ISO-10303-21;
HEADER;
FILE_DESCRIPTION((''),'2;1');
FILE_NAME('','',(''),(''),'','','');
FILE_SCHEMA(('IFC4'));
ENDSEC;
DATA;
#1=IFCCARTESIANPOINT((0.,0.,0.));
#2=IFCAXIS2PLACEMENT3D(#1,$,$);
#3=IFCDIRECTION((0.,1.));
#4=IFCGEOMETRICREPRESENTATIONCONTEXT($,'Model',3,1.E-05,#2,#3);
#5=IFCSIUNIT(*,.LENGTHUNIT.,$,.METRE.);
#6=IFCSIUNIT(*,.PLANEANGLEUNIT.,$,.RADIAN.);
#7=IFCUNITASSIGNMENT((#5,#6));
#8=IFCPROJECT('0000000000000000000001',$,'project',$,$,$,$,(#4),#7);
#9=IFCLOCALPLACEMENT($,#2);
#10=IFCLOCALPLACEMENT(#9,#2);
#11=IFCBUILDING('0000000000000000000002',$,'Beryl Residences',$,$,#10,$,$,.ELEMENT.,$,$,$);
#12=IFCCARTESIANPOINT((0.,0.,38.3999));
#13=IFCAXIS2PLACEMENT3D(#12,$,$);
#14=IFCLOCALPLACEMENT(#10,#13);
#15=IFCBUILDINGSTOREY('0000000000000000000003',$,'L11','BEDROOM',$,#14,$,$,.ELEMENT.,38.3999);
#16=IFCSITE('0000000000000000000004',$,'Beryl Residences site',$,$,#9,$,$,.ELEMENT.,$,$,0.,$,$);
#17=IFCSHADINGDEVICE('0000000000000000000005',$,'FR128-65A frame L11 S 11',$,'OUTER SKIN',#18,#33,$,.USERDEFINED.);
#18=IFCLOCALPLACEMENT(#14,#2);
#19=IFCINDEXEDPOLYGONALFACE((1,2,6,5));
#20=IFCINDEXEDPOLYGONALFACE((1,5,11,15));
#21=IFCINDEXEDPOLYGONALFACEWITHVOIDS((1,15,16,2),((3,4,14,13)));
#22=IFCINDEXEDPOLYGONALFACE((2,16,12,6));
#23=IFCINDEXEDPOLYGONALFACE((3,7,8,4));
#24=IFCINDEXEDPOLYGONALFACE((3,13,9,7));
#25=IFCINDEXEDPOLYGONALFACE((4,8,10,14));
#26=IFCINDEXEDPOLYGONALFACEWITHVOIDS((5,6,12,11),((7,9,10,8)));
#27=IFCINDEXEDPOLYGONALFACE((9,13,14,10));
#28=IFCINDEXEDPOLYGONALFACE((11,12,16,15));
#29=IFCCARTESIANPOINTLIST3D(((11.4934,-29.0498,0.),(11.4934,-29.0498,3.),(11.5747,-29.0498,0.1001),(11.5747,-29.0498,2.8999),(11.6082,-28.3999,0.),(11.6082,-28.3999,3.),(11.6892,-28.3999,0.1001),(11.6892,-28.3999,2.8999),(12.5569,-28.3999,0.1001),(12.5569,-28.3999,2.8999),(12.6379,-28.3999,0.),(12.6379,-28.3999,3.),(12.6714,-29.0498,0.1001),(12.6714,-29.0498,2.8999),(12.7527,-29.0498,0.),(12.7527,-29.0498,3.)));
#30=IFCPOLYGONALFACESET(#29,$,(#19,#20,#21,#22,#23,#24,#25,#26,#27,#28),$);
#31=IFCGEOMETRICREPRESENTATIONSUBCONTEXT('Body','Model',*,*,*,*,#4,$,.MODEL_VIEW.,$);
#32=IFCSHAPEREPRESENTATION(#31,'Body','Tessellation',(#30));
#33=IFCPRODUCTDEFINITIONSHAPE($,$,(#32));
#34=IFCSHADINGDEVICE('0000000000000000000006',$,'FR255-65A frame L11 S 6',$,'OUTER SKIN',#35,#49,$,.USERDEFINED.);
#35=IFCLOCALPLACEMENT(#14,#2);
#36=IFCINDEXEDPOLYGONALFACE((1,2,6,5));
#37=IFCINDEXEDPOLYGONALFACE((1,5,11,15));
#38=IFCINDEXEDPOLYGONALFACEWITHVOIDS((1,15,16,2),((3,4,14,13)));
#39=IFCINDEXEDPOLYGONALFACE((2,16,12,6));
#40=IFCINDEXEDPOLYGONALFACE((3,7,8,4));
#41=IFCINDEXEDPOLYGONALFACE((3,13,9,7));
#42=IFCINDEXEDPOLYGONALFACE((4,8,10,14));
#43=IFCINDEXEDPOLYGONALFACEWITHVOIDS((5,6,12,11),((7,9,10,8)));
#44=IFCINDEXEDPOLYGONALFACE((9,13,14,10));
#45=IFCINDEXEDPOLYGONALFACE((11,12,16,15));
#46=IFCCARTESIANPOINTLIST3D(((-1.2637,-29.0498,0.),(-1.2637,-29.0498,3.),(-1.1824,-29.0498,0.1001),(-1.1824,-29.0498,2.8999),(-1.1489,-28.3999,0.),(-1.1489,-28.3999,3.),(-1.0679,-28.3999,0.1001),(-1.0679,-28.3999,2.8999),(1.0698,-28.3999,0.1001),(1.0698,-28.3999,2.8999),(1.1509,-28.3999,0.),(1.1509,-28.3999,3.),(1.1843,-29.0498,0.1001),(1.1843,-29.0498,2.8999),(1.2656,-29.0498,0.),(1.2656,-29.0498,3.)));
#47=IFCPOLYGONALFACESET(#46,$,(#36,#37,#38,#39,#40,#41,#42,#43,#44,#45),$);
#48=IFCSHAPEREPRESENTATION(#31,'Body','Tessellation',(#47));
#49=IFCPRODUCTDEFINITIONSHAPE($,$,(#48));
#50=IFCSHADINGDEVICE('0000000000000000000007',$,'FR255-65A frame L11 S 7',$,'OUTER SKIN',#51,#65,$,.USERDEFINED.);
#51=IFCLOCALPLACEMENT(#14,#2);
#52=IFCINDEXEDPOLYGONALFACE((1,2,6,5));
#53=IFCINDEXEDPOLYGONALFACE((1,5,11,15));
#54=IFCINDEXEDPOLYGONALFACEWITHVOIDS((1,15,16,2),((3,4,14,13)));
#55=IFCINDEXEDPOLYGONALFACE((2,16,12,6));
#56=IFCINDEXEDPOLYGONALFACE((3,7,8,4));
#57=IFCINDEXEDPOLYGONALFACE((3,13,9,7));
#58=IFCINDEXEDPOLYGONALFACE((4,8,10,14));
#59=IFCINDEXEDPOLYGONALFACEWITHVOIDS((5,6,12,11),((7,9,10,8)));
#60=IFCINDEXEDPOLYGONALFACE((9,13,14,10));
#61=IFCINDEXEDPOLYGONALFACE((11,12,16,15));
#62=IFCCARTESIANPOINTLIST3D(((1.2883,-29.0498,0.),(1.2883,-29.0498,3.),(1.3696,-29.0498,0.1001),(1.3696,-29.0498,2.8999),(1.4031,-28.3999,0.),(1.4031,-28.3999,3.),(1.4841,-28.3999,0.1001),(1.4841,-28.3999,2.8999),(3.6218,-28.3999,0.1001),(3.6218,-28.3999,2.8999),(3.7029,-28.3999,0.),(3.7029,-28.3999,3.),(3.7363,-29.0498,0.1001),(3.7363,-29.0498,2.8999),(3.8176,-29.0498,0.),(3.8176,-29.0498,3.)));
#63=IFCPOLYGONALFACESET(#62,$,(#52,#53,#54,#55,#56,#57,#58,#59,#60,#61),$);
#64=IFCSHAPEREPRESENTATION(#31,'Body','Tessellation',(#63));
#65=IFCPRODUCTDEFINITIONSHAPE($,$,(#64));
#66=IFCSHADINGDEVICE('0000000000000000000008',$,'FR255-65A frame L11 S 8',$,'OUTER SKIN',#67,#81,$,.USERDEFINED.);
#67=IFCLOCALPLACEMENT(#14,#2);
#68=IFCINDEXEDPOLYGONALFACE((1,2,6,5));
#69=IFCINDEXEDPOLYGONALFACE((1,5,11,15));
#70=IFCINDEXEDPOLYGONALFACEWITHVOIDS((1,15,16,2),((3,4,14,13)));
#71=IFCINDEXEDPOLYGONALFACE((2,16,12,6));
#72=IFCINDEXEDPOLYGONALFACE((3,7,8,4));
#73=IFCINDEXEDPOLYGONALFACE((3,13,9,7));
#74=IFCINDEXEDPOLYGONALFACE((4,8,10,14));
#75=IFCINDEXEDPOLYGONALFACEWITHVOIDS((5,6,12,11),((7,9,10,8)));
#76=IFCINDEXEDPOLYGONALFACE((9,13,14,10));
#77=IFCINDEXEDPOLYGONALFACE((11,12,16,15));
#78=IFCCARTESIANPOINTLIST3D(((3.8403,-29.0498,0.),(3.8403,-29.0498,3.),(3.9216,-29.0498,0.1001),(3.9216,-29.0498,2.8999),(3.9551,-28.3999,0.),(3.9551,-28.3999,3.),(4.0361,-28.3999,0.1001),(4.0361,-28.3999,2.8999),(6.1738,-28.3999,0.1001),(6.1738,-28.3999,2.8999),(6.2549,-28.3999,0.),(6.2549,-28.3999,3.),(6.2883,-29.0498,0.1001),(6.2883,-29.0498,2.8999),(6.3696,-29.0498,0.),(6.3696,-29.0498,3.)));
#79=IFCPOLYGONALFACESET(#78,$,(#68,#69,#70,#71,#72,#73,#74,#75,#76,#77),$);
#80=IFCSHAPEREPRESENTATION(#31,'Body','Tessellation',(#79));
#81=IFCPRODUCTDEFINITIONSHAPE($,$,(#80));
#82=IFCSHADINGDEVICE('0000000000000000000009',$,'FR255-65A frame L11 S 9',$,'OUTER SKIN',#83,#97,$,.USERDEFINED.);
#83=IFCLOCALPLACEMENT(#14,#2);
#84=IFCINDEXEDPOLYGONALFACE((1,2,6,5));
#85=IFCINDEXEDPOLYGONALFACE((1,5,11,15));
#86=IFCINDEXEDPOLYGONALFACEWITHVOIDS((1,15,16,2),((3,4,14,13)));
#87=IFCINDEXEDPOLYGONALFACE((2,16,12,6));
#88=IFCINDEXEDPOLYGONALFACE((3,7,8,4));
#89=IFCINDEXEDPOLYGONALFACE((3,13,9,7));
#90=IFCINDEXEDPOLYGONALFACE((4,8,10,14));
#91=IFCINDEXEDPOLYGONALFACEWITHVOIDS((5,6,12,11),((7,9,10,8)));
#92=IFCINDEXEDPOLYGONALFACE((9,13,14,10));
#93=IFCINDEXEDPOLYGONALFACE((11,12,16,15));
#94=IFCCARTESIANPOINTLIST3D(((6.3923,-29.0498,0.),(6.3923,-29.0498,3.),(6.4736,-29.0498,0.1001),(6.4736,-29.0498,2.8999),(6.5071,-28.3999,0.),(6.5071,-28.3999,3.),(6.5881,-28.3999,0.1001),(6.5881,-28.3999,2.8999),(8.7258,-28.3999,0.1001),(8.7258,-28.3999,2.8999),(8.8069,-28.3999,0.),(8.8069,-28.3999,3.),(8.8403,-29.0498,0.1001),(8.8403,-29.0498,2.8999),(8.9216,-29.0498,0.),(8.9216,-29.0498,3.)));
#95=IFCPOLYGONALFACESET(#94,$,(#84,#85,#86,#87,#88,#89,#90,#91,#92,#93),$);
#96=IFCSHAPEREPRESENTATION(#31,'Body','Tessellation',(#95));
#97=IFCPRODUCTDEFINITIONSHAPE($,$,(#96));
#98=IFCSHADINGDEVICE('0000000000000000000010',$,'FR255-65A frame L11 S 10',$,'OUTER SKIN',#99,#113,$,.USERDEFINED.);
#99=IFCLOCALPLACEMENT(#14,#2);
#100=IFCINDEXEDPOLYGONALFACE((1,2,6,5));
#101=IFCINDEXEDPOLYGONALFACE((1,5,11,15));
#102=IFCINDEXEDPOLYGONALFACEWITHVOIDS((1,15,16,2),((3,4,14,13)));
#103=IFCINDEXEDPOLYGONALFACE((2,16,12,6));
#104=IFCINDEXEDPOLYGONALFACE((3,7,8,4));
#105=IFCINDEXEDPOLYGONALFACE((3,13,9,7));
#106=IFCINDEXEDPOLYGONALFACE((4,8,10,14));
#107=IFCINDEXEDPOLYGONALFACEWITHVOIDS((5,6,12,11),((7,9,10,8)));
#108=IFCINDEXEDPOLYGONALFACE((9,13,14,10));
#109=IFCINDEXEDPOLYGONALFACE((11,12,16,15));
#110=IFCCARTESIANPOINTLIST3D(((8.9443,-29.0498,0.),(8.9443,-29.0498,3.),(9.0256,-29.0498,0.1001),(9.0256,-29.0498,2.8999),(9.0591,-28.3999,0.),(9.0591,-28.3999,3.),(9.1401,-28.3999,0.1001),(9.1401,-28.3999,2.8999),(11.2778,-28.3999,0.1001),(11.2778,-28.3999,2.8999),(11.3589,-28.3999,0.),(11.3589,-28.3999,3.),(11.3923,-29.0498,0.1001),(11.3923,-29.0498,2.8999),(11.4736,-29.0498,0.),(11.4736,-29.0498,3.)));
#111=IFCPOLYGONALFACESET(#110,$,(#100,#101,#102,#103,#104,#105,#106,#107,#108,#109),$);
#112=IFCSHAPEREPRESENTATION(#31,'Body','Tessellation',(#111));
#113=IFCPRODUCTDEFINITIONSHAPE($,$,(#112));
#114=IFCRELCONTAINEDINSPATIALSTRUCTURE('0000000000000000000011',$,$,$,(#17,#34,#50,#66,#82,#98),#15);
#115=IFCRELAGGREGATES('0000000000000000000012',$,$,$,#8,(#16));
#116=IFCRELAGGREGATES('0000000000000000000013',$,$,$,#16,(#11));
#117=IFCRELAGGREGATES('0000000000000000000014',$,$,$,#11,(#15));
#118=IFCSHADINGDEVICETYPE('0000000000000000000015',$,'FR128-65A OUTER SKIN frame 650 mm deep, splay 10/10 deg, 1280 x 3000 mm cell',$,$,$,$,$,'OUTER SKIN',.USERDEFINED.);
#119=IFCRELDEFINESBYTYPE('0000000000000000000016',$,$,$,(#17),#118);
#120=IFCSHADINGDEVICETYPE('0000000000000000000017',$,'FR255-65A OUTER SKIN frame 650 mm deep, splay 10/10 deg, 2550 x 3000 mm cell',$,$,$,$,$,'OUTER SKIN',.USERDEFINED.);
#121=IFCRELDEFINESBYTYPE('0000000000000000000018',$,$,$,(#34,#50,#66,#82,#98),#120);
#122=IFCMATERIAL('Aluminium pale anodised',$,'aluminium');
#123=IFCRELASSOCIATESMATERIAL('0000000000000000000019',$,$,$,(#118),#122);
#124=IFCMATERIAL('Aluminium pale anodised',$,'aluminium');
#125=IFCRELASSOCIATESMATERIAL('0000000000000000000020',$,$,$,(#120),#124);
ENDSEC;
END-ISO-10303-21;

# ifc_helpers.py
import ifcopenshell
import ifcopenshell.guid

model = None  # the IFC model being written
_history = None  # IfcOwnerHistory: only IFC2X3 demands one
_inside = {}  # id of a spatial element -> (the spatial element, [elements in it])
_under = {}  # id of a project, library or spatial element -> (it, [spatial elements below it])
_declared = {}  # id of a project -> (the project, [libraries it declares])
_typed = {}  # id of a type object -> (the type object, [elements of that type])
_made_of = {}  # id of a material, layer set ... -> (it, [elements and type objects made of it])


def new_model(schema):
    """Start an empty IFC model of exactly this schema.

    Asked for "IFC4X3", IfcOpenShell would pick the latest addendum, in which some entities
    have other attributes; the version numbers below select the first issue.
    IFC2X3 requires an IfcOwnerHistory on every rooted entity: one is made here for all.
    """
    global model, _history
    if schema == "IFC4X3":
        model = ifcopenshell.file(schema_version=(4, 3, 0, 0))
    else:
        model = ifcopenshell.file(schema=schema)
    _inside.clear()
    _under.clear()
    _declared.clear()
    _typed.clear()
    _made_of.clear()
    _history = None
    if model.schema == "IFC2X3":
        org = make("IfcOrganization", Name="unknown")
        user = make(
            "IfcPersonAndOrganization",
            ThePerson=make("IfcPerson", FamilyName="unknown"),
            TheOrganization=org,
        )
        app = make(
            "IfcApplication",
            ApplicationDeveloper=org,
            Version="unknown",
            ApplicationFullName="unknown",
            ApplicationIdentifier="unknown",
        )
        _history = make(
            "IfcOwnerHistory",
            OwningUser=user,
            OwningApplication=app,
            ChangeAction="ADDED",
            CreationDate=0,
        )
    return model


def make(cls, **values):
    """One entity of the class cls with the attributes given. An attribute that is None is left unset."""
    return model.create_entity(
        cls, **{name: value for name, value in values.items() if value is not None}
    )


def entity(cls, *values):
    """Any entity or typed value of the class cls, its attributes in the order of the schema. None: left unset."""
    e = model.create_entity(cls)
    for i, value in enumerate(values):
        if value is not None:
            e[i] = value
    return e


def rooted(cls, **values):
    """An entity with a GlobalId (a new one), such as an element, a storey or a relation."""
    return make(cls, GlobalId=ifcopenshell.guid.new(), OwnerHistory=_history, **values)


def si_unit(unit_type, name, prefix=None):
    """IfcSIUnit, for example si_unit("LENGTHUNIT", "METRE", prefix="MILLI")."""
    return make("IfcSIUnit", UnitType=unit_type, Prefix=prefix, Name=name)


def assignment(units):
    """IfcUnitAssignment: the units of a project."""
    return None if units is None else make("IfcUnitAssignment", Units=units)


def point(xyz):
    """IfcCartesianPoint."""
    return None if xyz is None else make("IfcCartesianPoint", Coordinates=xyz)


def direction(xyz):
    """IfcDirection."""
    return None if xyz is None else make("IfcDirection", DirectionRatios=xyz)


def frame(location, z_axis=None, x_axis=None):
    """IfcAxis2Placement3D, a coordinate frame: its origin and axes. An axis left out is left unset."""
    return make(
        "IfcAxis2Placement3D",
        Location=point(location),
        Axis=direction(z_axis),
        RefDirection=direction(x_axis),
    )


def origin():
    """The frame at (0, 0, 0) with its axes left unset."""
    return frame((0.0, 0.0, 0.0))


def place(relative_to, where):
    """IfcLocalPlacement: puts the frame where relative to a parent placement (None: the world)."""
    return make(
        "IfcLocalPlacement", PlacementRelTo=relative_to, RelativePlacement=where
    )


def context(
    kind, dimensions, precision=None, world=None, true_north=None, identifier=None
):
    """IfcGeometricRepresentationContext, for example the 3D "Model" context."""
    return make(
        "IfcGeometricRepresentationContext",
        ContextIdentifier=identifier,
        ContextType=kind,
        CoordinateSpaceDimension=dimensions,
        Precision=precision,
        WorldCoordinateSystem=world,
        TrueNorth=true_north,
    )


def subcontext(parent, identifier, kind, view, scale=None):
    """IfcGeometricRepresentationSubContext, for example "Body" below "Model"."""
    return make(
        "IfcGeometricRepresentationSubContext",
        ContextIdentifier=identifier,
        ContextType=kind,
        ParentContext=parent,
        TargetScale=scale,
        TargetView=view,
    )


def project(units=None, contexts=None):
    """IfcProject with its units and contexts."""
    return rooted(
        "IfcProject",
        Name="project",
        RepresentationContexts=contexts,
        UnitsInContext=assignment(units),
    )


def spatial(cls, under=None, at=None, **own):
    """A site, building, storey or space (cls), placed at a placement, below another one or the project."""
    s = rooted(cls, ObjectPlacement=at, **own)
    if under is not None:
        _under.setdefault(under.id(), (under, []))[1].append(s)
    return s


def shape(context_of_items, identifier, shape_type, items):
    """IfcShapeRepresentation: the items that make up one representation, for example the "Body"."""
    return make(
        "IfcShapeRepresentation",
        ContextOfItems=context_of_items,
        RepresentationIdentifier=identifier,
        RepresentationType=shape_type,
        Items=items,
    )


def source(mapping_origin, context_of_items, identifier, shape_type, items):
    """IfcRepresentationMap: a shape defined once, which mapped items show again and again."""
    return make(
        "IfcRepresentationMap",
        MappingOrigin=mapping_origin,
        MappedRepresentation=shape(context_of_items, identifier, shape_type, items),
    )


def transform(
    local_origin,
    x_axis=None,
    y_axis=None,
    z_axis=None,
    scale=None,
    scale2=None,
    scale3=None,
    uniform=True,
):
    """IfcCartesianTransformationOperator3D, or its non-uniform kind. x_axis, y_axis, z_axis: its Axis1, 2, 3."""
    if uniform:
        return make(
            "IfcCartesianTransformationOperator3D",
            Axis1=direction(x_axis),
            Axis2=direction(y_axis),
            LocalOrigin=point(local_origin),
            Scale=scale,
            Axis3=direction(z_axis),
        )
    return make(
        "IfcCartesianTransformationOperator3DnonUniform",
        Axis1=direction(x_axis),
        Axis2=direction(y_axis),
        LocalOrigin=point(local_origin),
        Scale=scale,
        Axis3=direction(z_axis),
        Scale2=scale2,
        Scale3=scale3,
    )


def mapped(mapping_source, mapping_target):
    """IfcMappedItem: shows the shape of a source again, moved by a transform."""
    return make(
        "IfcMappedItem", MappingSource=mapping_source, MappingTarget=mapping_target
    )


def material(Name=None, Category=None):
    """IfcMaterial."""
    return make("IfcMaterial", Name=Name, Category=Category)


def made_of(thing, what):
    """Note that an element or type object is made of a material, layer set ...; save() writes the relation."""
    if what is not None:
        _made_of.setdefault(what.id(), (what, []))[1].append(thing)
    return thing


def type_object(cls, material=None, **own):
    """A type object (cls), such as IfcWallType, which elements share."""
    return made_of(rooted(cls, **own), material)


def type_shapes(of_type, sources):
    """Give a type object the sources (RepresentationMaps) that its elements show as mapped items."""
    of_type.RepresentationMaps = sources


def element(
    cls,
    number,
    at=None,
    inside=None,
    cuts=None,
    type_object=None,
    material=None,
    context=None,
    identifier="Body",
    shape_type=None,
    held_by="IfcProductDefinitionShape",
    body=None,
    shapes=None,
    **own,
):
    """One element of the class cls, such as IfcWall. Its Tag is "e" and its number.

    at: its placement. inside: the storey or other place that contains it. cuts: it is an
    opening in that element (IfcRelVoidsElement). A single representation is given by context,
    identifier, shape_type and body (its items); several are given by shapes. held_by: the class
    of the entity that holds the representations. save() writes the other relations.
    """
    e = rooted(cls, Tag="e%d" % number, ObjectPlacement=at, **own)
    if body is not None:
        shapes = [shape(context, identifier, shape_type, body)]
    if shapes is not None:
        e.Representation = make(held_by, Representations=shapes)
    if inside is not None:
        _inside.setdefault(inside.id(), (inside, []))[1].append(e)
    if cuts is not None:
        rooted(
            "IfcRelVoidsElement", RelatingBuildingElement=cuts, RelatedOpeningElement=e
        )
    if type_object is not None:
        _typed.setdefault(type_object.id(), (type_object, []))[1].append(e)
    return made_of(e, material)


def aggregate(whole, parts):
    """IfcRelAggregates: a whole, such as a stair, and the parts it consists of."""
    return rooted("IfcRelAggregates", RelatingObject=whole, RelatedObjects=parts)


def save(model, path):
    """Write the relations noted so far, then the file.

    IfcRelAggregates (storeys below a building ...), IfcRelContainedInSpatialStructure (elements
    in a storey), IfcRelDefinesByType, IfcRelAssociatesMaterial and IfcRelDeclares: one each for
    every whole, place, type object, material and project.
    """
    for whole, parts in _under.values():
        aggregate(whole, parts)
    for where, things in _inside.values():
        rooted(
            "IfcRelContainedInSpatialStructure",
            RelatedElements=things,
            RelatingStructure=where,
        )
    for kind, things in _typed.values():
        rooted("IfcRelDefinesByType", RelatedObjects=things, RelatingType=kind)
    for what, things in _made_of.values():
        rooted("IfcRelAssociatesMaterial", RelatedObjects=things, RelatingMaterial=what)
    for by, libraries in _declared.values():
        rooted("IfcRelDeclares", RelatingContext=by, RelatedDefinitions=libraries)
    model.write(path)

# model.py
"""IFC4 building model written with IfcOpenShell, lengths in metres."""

from ifc_helpers import new_model, entity, si_unit, direction, frame, origin, place, context, subcontext, project, spatial, source, transform, mapped, material, type_object, type_shapes, element, save


model = new_model("IFC4")

# Units and contexts
model_context = context("Model", 3, precision=1e-05, world=origin(), true_north=direction((0.0, 1.0)))
body_context = subcontext(model_context, "Body", "Model", "MODEL_VIEW")
ifc_project = project(units=[si_unit("LENGTHUNIT", "METRE"), si_unit("PLANEANGLEUNIT", "RADIAN")], contexts=[model_context])

# Site, building, storey
site_placement = place(None, origin())
site = spatial("IfcSite", under=ifc_project, at=site_placement, Name="Beryl Residences site", CompositionType="ELEMENT", RefElevation=0.0)
building_placement = place(site_placement, origin())
building = spatial("IfcBuilding", under=site, at=building_placement, Name="Beryl Residences", CompositionType="ELEMENT")
storey_placement = place(building_placement, frame((0.0, 0.0, 38.3999)))
storey = spatial("IfcBuildingStorey", under=building, at=storey_placement, Name="L11", Description="BEDROOM", CompositionType="ELEMENT", Elevation=38.3999)

# Shading devices
ifc_material_1 = material(Name="Aluminium pale anodised", Category="aluminium")
shading_device_type_1 = type_object("IfcShadingDeviceType", Name="FR128-65A OUTER SKIN frame 650 mm deep, splay 10/10 deg, 1280 x 3000 mm cell", ElementType="OUTER SKIN", PredefinedType="USERDEFINED", material=ifc_material_1)
cartesian_point_1 = entity("IfcCartesianPoint", [-0.5149, 0.0])
cartesian_point_2 = entity("IfcCartesianPoint", [-0.4338, 0.1001])
cartesian_point_3 = entity("IfcCartesianPoint", [-0.6296, 0.0])
cartesian_point_4 = entity("IfcCartesianPoint", [-0.5483, 0.1001])
shared_shape_1 = source(origin(), body_context, "Body", "SweptSolid", [
    entity("IfcExtrudedAreaSolidTapered", entity("IfcArbitraryProfileDefWithVoids", "AREA", None, entity("IfcPolyline", [cartesian_point_1, entity("IfcCartesianPoint", [0.5149, 0.0]), entity("IfcCartesianPoint", [0.5149, 3.0]), entity("IfcCartesianPoint", [-0.5149, 3.0]), cartesian_point_1]), [entity("IfcPolyline", [cartesian_point_2, entity("IfcCartesianPoint", [0.4338, 0.1001]), entity("IfcCartesianPoint", [0.4338, 2.8999]), entity("IfcCartesianPoint", [-0.4338, 2.8999]), cartesian_point_2])]), entity("IfcAxis2Placement3D", entity("IfcCartesianPoint", [0.0, 0.0, 0.0]), entity("IfcDirection", [0.0, 1.0, 0.0]), entity("IfcDirection", [-1.0, 0.0, 0.0])), entity("IfcDirection", [0.0, 0.0, 1.0]), 0.6499, entity("IfcArbitraryProfileDefWithVoids", "AREA", None, entity("IfcPolyline", [cartesian_point_3, entity("IfcCartesianPoint", [0.6296, 0.0]), entity("IfcCartesianPoint", [0.6296, 3.0]), entity("IfcCartesianPoint", [-0.6296, 3.0]), cartesian_point_3]), [entity("IfcPolyline", [cartesian_point_4, entity("IfcCartesianPoint", [0.5483, 0.1001]), entity("IfcCartesianPoint", [0.5483, 2.8999]), entity("IfcCartesianPoint", [-0.5483, 2.8999]), cartesian_point_4])])),
])
type_shapes(shading_device_type_1, [shared_shape_1])
shading_device_placement = place(storey_placement, frame((12.123, -28.3999, 0.0), z_axis=(0.0, 0.0, 1.0), x_axis=(-1.0, 0.0, 0.0)))
element("IfcShadingDevice", 1, at=shading_device_placement, inside=storey, type_object=shading_device_type_1, Name="FR128-65A frame L11 S 11", ObjectType="OUTER SKIN", PredefinedType="USERDEFINED", context=body_context, shape_type="MappedRepresentation", body=[
    mapped(shared_shape_1, transform((0.0, 0.0, 0.0))),
])
ifc_material_2 = material(Name="Aluminium pale anodised", Category="aluminium")
shading_device_type_2 = type_object("IfcShadingDeviceType", Name="FR255-65A OUTER SKIN frame 650 mm deep, splay 10/10 deg, 2550 x 3000 mm cell", ElementType="OUTER SKIN", PredefinedType="USERDEFINED", material=ifc_material_2)
cartesian_point_5 = entity("IfcCartesianPoint", [-1.1499, 0.0])
cartesian_point_6 = entity("IfcCartesianPoint", [-1.0688, 0.1001])
cartesian_point_7 = entity("IfcCartesianPoint", [-1.2646, 0.0])
cartesian_point_8 = entity("IfcCartesianPoint", [-1.1833, 0.1001])
shared_shape_2 = source(origin(), body_context, "Body", "SweptSolid", [
    entity("IfcExtrudedAreaSolidTapered", entity("IfcArbitraryProfileDefWithVoids", "AREA", None, entity("IfcPolyline", [cartesian_point_5, entity("IfcCartesianPoint", [1.1499, 0.0]), entity("IfcCartesianPoint", [1.1499, 3.0]), entity("IfcCartesianPoint", [-1.1499, 3.0]), cartesian_point_5]), [entity("IfcPolyline", [cartesian_point_6, entity("IfcCartesianPoint", [1.0688, 0.1001]), entity("IfcCartesianPoint", [1.0688, 2.8999]), entity("IfcCartesianPoint", [-1.0688, 2.8999]), cartesian_point_6])]), entity("IfcAxis2Placement3D", entity("IfcCartesianPoint", [0.0, 0.0, 0.0]), entity("IfcDirection", [0.0, 1.0, 0.0]), entity("IfcDirection", [-1.0, 0.0, 0.0])), entity("IfcDirection", [0.0, 0.0, 1.0]), 0.6499, entity("IfcArbitraryProfileDefWithVoids", "AREA", None, entity("IfcPolyline", [cartesian_point_7, entity("IfcCartesianPoint", [1.2646, 0.0]), entity("IfcCartesianPoint", [1.2646, 3.0]), entity("IfcCartesianPoint", [-1.2646, 3.0]), cartesian_point_7]), [entity("IfcPolyline", [cartesian_point_8, entity("IfcCartesianPoint", [1.1833, 0.1001]), entity("IfcCartesianPoint", [1.1833, 2.8999]), entity("IfcCartesianPoint", [-1.1833, 2.8999]), cartesian_point_8])])),
])
type_shapes(shading_device_type_2, [shared_shape_2])
for number, where, z_axis, x_axis, name in (
    (2, (0.001, -28.3999, 0.0), (0.0, 0.0, 1.0), (-1.0, 0.0, 0.0), "FR255-65A frame L11 S 6"),
    (3, (2.553, -28.3999, 0.0), (0.0, 0.0, 1.0), (-1.0, 0.0, 0.0), "FR255-65A frame L11 S 7"),
    (4, (5.105, -28.3999, 0.0), (0.0, 0.0, 1.0), (-1.0, 0.0, 0.0), "FR255-65A frame L11 S 8"),
    (5, (7.657, -28.3999, 0.0), (0.0, 0.0, 1.0), (-1.0, 0.0, 0.0), "FR255-65A frame L11 S 9"),
    (6, (10.209, -28.3999, 0.0), (0.0, 0.0, 1.0), (-1.0, 0.0, 0.0), "FR255-65A frame L11 S 10"),
):
    element("IfcShadingDevice", number, at=place(storey_placement, frame(where, z_axis=z_axis, x_axis=x_axis)), inside=storey, type_object=shading_device_type_2, Name=name, ObjectType="OUTER SKIN", PredefinedType="USERDEFINED", context=body_context, shape_type="MappedRepresentation", body=[
        mapped(shared_shape_2, transform((0.0, 0.0, 0.0))),
    ])

save(model, "model.ifc")
